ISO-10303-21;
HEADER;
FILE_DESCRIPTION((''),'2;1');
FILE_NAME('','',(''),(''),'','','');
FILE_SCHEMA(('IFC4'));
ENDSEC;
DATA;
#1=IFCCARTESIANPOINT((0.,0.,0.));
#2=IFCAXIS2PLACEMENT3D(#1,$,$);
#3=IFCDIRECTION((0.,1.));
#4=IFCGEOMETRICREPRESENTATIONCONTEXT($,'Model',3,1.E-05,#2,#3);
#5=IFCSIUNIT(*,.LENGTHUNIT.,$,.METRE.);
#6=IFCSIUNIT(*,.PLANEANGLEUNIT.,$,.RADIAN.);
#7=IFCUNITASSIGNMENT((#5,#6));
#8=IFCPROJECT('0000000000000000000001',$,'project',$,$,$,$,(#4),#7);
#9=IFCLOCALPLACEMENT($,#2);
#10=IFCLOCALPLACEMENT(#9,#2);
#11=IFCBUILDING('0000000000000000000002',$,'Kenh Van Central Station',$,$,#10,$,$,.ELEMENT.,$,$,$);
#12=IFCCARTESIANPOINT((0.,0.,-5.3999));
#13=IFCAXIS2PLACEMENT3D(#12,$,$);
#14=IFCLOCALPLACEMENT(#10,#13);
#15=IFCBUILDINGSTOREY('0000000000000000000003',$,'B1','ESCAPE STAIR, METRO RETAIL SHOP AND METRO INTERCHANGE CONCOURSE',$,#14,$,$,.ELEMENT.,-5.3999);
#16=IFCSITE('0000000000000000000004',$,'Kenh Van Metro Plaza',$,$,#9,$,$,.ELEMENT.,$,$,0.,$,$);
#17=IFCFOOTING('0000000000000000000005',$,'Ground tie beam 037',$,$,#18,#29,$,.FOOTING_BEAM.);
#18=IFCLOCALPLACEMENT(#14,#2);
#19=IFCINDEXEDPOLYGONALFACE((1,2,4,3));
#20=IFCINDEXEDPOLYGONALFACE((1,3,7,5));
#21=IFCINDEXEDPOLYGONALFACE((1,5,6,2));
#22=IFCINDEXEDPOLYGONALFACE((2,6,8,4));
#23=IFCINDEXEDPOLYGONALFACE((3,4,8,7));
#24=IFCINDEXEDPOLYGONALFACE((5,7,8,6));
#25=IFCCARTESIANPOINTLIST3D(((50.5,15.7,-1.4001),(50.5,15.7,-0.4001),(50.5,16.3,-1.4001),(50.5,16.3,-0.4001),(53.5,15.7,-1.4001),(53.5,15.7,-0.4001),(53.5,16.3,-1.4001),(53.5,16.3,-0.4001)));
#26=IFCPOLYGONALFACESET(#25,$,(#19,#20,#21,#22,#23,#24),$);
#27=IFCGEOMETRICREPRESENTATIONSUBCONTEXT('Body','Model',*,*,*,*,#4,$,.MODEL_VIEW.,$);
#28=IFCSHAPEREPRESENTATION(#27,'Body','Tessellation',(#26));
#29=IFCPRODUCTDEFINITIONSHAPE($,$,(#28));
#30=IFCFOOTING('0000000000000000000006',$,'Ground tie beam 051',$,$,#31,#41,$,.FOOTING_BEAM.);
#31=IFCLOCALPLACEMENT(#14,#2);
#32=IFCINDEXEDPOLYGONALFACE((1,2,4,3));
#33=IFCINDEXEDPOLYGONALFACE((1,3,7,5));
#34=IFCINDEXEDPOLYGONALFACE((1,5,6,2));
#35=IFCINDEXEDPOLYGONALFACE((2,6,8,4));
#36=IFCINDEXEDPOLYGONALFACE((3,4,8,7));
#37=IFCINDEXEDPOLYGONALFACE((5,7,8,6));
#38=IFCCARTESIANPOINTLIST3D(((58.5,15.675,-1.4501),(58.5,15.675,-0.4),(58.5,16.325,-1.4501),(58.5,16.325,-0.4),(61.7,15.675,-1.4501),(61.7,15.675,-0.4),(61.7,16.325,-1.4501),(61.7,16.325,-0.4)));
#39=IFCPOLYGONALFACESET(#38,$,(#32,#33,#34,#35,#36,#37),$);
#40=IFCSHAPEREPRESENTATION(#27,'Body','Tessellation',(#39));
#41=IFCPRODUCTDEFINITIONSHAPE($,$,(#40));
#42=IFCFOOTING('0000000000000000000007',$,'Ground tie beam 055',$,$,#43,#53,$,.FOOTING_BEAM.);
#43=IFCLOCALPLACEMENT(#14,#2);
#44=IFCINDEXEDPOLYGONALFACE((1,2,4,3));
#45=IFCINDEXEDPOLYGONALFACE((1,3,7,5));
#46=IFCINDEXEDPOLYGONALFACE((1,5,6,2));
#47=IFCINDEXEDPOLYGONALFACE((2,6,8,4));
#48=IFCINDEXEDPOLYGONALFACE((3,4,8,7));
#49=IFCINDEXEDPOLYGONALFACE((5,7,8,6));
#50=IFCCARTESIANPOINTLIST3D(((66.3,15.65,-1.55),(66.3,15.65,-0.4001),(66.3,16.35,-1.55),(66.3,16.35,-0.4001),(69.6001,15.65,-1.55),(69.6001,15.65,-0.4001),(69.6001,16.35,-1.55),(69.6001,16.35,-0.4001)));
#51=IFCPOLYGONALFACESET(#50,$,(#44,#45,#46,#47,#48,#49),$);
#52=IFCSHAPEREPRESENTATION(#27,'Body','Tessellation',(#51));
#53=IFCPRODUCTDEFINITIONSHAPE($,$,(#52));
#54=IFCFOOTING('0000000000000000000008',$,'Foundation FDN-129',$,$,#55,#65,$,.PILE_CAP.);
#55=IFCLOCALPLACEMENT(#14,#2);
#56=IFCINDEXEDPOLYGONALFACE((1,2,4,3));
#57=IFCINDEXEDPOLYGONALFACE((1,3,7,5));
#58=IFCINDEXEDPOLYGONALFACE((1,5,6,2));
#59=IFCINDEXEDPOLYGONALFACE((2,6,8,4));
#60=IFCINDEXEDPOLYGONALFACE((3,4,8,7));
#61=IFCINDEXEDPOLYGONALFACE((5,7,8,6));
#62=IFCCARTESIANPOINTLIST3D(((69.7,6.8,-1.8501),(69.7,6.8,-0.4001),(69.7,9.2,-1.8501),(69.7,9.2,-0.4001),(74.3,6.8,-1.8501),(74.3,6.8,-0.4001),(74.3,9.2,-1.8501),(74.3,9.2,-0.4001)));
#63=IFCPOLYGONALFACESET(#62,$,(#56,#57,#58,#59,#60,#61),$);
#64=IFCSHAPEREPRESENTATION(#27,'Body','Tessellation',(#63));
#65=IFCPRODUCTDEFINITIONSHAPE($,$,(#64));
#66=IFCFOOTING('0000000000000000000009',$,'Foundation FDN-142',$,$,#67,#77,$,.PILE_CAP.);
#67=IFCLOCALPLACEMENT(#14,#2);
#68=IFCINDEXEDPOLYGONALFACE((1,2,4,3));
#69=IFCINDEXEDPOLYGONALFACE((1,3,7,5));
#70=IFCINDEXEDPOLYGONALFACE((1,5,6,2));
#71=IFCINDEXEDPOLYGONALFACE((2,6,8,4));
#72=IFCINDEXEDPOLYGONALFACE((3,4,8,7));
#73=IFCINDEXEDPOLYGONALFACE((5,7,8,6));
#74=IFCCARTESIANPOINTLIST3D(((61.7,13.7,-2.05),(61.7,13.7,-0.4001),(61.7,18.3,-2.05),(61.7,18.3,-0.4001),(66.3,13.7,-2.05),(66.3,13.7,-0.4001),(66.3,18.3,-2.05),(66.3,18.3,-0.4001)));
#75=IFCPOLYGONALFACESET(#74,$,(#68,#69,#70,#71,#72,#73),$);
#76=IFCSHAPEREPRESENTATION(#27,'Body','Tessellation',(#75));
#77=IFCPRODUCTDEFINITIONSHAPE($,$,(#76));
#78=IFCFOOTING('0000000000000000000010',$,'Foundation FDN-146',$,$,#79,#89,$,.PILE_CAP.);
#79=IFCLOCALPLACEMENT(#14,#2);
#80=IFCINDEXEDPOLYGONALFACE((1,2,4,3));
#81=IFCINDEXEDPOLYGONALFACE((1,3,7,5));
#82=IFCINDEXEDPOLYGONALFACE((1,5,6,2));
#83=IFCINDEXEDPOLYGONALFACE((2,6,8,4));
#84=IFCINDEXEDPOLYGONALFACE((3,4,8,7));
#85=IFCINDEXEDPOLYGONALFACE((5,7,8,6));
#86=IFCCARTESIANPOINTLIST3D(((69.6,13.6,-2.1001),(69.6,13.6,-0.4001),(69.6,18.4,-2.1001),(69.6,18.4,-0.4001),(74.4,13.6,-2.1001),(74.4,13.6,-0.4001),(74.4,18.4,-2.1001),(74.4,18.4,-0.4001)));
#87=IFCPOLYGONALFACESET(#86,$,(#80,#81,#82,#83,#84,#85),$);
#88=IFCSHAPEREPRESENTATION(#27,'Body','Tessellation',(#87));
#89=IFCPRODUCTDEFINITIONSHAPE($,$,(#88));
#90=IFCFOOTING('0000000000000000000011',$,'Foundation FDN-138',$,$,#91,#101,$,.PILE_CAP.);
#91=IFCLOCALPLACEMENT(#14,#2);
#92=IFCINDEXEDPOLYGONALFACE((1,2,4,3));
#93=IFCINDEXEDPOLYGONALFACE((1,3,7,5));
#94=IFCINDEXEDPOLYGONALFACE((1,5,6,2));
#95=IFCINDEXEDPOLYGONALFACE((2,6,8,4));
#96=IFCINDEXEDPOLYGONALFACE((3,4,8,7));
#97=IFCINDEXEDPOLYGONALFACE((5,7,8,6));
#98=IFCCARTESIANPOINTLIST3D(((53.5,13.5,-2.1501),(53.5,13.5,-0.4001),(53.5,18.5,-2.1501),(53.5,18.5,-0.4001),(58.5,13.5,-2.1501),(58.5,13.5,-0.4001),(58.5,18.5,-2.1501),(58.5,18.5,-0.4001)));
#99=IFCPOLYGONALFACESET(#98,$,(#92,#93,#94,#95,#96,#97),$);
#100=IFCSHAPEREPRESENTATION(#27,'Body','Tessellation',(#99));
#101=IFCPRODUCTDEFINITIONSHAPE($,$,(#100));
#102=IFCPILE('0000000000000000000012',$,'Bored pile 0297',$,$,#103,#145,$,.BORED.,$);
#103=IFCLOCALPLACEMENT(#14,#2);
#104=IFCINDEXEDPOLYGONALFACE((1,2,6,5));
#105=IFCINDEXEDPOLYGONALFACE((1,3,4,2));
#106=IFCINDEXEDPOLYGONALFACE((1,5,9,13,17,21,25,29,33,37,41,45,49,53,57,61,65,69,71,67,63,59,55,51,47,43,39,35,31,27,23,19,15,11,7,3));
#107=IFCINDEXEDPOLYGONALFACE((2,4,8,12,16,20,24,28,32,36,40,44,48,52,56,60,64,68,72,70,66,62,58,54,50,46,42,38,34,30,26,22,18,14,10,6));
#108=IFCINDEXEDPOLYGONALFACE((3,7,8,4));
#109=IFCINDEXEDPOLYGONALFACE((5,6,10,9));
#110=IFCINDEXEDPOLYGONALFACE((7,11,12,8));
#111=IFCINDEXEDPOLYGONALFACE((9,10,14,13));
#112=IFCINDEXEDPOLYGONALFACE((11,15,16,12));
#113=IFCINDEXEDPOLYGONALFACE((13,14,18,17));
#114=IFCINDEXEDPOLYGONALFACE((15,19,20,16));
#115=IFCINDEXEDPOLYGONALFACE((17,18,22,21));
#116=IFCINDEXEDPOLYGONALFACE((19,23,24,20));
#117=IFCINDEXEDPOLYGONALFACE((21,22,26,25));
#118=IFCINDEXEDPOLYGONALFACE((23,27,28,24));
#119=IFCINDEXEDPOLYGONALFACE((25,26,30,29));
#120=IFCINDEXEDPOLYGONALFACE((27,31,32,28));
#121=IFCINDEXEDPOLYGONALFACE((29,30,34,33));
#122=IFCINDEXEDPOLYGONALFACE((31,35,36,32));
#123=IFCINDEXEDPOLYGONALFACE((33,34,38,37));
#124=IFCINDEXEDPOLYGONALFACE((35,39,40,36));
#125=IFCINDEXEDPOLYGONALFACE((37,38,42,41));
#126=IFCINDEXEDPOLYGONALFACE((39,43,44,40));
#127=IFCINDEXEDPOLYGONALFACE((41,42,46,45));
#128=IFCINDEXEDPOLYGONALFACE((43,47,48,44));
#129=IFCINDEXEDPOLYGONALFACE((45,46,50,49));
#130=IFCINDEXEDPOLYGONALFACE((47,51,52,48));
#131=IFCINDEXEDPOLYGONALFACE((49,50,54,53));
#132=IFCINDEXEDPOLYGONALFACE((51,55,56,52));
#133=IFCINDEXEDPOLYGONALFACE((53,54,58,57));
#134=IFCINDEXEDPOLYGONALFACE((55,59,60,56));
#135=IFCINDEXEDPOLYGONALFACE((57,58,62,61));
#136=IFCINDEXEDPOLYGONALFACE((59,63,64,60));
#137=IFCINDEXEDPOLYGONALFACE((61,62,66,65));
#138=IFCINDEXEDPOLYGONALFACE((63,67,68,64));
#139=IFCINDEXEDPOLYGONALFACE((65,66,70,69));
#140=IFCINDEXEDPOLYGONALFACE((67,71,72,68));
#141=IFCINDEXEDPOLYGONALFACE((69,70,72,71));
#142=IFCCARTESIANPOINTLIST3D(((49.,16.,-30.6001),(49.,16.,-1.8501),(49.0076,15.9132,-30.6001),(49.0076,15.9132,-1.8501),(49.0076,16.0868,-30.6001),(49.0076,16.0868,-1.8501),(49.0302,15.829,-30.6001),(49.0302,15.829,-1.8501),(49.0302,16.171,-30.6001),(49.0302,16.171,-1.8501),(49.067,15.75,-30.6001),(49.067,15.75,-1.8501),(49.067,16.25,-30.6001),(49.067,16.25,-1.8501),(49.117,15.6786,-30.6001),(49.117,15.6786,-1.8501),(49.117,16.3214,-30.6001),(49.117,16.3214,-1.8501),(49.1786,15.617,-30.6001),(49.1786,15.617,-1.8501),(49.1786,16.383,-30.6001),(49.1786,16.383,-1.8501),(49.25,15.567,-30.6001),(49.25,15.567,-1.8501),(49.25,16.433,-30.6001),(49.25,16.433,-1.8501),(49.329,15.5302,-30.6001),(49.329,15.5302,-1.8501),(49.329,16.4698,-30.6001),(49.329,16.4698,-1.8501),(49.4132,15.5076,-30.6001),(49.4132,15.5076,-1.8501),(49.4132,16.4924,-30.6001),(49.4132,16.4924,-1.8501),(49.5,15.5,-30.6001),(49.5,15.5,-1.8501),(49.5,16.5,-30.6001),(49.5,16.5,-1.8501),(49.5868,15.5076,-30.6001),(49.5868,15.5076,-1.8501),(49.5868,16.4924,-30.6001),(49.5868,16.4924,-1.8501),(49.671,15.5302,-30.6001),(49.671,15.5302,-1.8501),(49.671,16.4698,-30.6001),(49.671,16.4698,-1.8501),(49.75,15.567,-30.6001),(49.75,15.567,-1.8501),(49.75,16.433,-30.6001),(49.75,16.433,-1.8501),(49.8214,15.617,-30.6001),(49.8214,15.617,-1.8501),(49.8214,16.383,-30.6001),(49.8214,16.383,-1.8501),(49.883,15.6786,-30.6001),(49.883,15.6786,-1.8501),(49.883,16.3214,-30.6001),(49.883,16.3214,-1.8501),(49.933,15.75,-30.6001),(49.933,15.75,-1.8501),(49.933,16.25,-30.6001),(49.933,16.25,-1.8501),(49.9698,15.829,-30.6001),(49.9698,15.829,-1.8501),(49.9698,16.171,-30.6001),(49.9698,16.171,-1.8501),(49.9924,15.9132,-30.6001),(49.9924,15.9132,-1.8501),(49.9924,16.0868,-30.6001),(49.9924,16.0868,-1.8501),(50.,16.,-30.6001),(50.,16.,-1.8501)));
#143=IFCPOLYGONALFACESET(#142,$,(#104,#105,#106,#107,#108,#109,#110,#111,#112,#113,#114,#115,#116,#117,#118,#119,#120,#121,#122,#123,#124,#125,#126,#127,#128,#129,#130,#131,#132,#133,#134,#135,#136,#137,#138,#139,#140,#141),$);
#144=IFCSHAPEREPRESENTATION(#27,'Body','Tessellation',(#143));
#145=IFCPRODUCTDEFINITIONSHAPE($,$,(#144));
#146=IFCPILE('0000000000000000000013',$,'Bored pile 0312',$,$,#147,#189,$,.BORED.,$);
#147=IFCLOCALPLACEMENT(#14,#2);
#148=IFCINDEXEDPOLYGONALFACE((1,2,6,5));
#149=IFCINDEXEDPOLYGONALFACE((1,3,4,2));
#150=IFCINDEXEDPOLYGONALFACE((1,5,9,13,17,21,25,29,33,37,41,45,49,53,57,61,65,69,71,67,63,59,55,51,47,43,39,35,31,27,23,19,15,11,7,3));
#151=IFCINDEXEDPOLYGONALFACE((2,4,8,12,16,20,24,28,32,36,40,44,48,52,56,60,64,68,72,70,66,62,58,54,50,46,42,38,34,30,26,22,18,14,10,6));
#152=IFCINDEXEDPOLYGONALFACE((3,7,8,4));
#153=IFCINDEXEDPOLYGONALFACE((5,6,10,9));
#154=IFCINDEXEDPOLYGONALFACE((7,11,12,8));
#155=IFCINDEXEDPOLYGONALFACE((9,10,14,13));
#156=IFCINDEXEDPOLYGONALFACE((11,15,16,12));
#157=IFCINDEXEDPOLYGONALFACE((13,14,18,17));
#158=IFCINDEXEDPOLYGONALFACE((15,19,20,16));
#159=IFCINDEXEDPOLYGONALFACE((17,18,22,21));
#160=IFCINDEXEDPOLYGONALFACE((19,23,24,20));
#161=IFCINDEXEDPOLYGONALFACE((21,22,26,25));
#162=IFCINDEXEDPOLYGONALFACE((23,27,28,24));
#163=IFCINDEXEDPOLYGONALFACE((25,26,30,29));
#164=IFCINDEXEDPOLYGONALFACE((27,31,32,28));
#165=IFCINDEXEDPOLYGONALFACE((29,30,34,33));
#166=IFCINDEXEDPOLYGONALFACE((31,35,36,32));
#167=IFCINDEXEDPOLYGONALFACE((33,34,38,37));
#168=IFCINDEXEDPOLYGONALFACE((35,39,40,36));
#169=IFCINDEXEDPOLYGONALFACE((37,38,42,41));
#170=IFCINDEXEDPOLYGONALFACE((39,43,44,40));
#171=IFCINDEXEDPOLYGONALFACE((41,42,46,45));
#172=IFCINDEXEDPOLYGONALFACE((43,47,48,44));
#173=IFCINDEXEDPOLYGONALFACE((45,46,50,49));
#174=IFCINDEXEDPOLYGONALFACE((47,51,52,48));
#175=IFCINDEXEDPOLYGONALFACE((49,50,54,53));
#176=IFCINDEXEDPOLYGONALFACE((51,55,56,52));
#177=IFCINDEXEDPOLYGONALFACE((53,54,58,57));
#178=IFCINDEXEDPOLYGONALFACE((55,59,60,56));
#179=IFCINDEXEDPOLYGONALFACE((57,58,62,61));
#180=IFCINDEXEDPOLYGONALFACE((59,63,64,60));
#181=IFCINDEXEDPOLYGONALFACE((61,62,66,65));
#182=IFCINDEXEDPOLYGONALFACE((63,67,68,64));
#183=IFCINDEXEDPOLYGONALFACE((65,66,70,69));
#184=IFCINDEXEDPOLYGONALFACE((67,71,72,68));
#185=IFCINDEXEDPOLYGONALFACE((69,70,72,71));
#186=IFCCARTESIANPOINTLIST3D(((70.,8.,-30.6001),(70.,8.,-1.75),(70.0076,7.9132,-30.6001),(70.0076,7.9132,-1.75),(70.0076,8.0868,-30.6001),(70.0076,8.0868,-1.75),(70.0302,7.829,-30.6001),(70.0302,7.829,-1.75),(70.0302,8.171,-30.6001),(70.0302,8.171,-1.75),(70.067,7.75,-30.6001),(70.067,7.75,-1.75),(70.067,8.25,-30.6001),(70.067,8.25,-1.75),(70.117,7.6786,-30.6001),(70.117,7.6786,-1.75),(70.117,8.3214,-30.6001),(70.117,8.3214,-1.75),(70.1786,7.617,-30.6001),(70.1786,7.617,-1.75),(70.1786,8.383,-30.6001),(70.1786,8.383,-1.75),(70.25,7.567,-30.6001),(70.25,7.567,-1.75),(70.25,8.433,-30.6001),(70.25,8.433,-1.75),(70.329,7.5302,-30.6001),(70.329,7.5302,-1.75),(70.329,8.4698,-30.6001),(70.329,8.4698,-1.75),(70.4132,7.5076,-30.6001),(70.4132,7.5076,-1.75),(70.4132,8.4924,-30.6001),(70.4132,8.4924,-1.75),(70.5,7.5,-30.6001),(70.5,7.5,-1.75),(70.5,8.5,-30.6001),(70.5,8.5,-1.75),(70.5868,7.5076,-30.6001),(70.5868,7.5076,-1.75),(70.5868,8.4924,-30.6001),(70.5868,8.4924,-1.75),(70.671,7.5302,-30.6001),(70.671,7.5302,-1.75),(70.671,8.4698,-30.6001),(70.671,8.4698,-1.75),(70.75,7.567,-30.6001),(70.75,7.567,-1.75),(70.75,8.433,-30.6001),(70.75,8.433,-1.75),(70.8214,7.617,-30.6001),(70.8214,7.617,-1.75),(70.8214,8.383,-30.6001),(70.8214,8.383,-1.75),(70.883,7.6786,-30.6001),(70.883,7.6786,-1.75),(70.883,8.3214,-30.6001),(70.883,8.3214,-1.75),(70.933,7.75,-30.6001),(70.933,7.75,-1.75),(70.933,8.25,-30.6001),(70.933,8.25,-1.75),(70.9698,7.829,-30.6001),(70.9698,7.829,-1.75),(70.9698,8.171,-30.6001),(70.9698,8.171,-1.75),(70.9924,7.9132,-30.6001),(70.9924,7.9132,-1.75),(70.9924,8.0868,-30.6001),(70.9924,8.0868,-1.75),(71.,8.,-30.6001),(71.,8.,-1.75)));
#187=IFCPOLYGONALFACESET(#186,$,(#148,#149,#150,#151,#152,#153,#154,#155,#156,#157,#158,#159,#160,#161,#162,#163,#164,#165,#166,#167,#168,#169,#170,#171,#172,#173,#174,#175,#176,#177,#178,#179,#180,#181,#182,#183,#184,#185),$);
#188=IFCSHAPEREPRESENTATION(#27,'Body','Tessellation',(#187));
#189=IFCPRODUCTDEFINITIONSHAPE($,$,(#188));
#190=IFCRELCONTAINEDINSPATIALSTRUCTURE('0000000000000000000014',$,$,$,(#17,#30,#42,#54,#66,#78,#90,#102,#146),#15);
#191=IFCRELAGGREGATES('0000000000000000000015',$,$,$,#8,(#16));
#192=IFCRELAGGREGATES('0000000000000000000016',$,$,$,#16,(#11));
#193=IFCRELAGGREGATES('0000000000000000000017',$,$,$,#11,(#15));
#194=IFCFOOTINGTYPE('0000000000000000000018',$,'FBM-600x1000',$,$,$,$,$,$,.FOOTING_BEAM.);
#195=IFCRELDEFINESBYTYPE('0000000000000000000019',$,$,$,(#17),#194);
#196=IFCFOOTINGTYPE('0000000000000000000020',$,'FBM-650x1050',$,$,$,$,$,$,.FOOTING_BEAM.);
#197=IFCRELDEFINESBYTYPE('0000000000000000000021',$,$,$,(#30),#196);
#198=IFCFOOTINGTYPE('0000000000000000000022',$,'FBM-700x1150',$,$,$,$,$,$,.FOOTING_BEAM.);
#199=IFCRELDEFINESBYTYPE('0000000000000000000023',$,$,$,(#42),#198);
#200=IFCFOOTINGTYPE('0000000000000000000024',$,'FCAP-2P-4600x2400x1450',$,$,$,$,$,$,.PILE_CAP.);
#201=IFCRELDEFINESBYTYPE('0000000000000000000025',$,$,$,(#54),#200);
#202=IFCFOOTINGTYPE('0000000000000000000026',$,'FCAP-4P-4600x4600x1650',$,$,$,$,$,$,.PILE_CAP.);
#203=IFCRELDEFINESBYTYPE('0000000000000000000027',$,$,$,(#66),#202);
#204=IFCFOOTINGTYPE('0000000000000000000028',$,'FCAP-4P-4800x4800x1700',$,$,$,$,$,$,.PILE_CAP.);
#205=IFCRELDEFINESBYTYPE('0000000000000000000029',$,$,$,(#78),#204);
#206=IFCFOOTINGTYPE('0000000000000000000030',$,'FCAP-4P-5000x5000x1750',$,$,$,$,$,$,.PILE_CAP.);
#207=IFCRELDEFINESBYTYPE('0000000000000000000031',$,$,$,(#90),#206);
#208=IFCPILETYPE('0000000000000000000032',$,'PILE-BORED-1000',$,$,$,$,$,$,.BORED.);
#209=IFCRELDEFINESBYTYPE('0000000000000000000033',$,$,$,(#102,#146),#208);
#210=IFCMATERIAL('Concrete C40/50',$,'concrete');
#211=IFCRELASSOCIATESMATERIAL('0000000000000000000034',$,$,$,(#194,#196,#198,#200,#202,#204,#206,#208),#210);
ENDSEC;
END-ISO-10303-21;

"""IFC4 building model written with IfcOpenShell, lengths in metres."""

from ifc_helpers import new_model, si_unit, direction, frame, origin, origin_2d, place, context, subcontext, project, spatial, rectangle, circle, extrude, material, material_profile, profile_set, type_object, element, save


model = new_model("IFC4")

# Units and contexts
model_context = context("Model", 3, precision=1e-05, world=origin(), true_north=direction((0.0, 1.0)))
body_context = subcontext(model_context, "Body", "Model", "MODEL_VIEW")
ifc_project = project(units=[si_unit("LENGTHUNIT", "METRE"), si_unit("PLANEANGLEUNIT", "RADIAN")], contexts=[model_context])

# Site, building, storey
site_placement = place(None, origin())
site = spatial("IfcSite", under=ifc_project, at=site_placement, Name="Kenh Van Metro Plaza", CompositionType="ELEMENT", RefElevation=0.0)
building_placement = place(site_placement, origin())
building = spatial("IfcBuilding", under=site, at=building_placement, Name="Kenh Van Central Station", CompositionType="ELEMENT")
storey_placement = place(building_placement, frame((0.0, 0.0, -5.3999)))
storey = spatial("IfcBuildingStorey", under=building, at=storey_placement, Name="B1", Description="ESCAPE STAIR, METRO RETAIL SHOP AND METRO INTERCHANGE CONCOURSE", CompositionType="ELEMENT", Elevation=-5.3999)

# Footings
ifc_material_1 = material(Name="Concrete C40/50", Category="concrete")
ifc_material_profile_1 = material_profile(ifc_material_1, rectangle(XDim=0.6001, YDim=1.0, at=origin_2d()), Name="RC 600x1000")
ifc_profile_set_1 = profile_set([ifc_material_profile_1], Name="Concrete C40/50")
footing_type_1 = type_object("IfcFootingType", Name="FBM-600x1000", PredefinedType="FOOTING_BEAM", material=ifc_profile_set_1)
footing_1_placement = place(storey_placement, frame((50.5, 16.0, -0.9001), z_axis=(1.0, 0.0, 0.0), x_axis=(0.0, 1.0, 0.0)))
element("IfcFooting", 1, at=footing_1_placement, inside=storey, type_object=footing_type_1, Name="Ground tie beam 037", PredefinedType="FOOTING_BEAM", context=body_context, shape_type="SweptSolid", body=[
    extrude(rectangle(XDim=0.6001, YDim=1.0, at=origin_2d()), origin(), (0.0, 0.0, 1.0), 3.0),
])
ifc_material_profile_2 = material_profile(ifc_material_1, rectangle(XDim=0.6499, YDim=1.05, at=origin_2d()), Name="RC 650x1050")
ifc_profile_set_2 = profile_set([ifc_material_profile_2], Name="Concrete C40/50")
footing_type_2 = type_object("IfcFootingType", Name="FBM-650x1050", PredefinedType="FOOTING_BEAM", material=ifc_profile_set_2)
footing_2_placement = place(storey_placement, frame((58.5, 16.0, -0.925), z_axis=(1.0, 0.0, 0.0), x_axis=(0.0, 1.0, 0.0)))
element("IfcFooting", 2, at=footing_2_placement, inside=storey, type_object=footing_type_2, Name="Ground tie beam 051", PredefinedType="FOOTING_BEAM", context=body_context, shape_type="SweptSolid", body=[
    extrude(rectangle(XDim=0.6499, YDim=1.05, at=origin_2d()), origin(), (0.0, 0.0, 1.0), 3.2),
])
ifc_material_profile_3 = material_profile(ifc_material_1, rectangle(XDim=0.7, YDim=1.1499, at=origin_2d()), Name="RC 700x1150")
ifc_profile_set_3 = profile_set([ifc_material_profile_3], Name="Concrete C40/50")
footing_type_3 = type_object("IfcFootingType", Name="FBM-700x1150", PredefinedType="FOOTING_BEAM", material=ifc_profile_set_3)
footing_3_placement = place(storey_placement, frame((66.3, 16.0, -0.9751), z_axis=(1.0, 0.0, 0.0), x_axis=(0.0, 1.0, 0.0)))
element("IfcFooting", 3, at=footing_3_placement, inside=storey, type_object=footing_type_3, Name="Ground tie beam 055", PredefinedType="FOOTING_BEAM", context=body_context, shape_type="SweptSolid", body=[
    extrude(rectangle(XDim=0.7, YDim=1.1499, at=origin_2d()), origin(), (0.0, 0.0, 1.0), 3.3),
])
footing_type_4 = type_object("IfcFootingType", Name="FCAP-2P-4600x2400x1450", PredefinedType="PILE_CAP", material=ifc_material_1)
footing_4_placement = place(storey_placement, frame((72.0, 8.0, -1.8501), z_axis=(0.0, 0.0, 1.0), x_axis=(1.0, 0.0, 0.0)))
element("IfcFooting", 4, at=footing_4_placement, inside=storey, type_object=footing_type_4, Name="Foundation FDN-129", PredefinedType="PILE_CAP", context=body_context, shape_type="SweptSolid", body=[
    extrude(rectangle(XDim=4.6001, YDim=2.3999, at=origin_2d()), origin(), (0.0, 0.0, 1.0), 1.45),
])
footing_type_5 = type_object("IfcFootingType", Name="FCAP-4P-4600x4600x1650", PredefinedType="PILE_CAP", material=ifc_material_1)
footing_5_placement = place(storey_placement, frame((64.0, 16.0, -2.05), z_axis=(0.0, 0.0, 1.0), x_axis=(1.0, 0.0, 0.0)))
element("IfcFooting", 5, at=footing_5_placement, inside=storey, type_object=footing_type_5, Name="Foundation FDN-142", PredefinedType="PILE_CAP", context=body_context, shape_type="SweptSolid", body=[
    extrude(rectangle(XDim=4.6001, YDim=4.6001, at=origin_2d()), origin(), (0.0, 0.0, 1.0), 1.6499),
])
footing_type_6 = type_object("IfcFootingType", Name="FCAP-4P-4800x4800x1700", PredefinedType="PILE_CAP", material=ifc_material_1)
footing_6_placement = place(storey_placement, frame((72.0, 16.0, -2.1001), z_axis=(0.0, 0.0, 1.0), x_axis=(1.0, 0.0, 0.0)))
element("IfcFooting", 6, at=footing_6_placement, inside=storey, type_object=footing_type_6, Name="Foundation FDN-146", PredefinedType="PILE_CAP", context=body_context, shape_type="SweptSolid", body=[
    extrude(rectangle(XDim=4.8, YDim=4.8, at=origin_2d()), origin(), (0.0, 0.0, 1.0), 1.7),
])
footing_type_7 = type_object("IfcFootingType", Name="FCAP-4P-5000x5000x1750", PredefinedType="PILE_CAP", material=ifc_material_1)
footing_7_placement = place(storey_placement, frame((56.0, 16.0, -2.1501), z_axis=(0.0, 0.0, 1.0), x_axis=(1.0, 0.0, 0.0)))
element("IfcFooting", 7, at=footing_7_placement, inside=storey, type_object=footing_type_7, Name="Foundation FDN-138", PredefinedType="PILE_CAP", context=body_context, shape_type="SweptSolid", body=[
    extrude(rectangle(XDim=5.0, YDim=5.0, at=origin_2d()), origin(), (0.0, 0.0, 1.0), 1.75),
])

# Piles
ifc_material_profile_4 = material_profile(ifc_material_1, circle(Radius=0.5, at=origin_2d()), Name="PILE D1000")
ifc_profile_set_4 = profile_set([ifc_material_profile_4], Name="Concrete C40/50")
pile_type = type_object("IfcPileType", Name="PILE-BORED-1000", PredefinedType="BORED", material=ifc_profile_set_4)
pile_1_placement = place(storey_placement, frame((49.5, 16.0, -1.8501), z_axis=(0.0, 0.0, -1.0), x_axis=(1.0, 0.0, 0.0)))
element("IfcPile", 8, at=pile_1_placement, inside=storey, type_object=pile_type, Name="Bored pile 0297", PredefinedType="BORED", context=body_context, shape_type="SweptSolid", body=[
    extrude(circle(Radius=0.5, at=origin_2d()), origin(), (0.0, 0.0, 1.0), 28.75),
])
pile_2_placement = place(storey_placement, frame((70.5, 8.0, -1.75), z_axis=(0.0, 0.0, -1.0), x_axis=(1.0, 0.0, 0.0)))
element("IfcPile", 9, at=pile_2_placement, inside=storey, type_object=pile_type, Name="Bored pile 0312", PredefinedType="BORED", context=body_context, shape_type="SweptSolid", body=[
    extrude(circle(Radius=0.5, at=origin_2d()), origin(), (0.0, 0.0, 1.0), 28.8501),
])

save(model, "model.ifc")
